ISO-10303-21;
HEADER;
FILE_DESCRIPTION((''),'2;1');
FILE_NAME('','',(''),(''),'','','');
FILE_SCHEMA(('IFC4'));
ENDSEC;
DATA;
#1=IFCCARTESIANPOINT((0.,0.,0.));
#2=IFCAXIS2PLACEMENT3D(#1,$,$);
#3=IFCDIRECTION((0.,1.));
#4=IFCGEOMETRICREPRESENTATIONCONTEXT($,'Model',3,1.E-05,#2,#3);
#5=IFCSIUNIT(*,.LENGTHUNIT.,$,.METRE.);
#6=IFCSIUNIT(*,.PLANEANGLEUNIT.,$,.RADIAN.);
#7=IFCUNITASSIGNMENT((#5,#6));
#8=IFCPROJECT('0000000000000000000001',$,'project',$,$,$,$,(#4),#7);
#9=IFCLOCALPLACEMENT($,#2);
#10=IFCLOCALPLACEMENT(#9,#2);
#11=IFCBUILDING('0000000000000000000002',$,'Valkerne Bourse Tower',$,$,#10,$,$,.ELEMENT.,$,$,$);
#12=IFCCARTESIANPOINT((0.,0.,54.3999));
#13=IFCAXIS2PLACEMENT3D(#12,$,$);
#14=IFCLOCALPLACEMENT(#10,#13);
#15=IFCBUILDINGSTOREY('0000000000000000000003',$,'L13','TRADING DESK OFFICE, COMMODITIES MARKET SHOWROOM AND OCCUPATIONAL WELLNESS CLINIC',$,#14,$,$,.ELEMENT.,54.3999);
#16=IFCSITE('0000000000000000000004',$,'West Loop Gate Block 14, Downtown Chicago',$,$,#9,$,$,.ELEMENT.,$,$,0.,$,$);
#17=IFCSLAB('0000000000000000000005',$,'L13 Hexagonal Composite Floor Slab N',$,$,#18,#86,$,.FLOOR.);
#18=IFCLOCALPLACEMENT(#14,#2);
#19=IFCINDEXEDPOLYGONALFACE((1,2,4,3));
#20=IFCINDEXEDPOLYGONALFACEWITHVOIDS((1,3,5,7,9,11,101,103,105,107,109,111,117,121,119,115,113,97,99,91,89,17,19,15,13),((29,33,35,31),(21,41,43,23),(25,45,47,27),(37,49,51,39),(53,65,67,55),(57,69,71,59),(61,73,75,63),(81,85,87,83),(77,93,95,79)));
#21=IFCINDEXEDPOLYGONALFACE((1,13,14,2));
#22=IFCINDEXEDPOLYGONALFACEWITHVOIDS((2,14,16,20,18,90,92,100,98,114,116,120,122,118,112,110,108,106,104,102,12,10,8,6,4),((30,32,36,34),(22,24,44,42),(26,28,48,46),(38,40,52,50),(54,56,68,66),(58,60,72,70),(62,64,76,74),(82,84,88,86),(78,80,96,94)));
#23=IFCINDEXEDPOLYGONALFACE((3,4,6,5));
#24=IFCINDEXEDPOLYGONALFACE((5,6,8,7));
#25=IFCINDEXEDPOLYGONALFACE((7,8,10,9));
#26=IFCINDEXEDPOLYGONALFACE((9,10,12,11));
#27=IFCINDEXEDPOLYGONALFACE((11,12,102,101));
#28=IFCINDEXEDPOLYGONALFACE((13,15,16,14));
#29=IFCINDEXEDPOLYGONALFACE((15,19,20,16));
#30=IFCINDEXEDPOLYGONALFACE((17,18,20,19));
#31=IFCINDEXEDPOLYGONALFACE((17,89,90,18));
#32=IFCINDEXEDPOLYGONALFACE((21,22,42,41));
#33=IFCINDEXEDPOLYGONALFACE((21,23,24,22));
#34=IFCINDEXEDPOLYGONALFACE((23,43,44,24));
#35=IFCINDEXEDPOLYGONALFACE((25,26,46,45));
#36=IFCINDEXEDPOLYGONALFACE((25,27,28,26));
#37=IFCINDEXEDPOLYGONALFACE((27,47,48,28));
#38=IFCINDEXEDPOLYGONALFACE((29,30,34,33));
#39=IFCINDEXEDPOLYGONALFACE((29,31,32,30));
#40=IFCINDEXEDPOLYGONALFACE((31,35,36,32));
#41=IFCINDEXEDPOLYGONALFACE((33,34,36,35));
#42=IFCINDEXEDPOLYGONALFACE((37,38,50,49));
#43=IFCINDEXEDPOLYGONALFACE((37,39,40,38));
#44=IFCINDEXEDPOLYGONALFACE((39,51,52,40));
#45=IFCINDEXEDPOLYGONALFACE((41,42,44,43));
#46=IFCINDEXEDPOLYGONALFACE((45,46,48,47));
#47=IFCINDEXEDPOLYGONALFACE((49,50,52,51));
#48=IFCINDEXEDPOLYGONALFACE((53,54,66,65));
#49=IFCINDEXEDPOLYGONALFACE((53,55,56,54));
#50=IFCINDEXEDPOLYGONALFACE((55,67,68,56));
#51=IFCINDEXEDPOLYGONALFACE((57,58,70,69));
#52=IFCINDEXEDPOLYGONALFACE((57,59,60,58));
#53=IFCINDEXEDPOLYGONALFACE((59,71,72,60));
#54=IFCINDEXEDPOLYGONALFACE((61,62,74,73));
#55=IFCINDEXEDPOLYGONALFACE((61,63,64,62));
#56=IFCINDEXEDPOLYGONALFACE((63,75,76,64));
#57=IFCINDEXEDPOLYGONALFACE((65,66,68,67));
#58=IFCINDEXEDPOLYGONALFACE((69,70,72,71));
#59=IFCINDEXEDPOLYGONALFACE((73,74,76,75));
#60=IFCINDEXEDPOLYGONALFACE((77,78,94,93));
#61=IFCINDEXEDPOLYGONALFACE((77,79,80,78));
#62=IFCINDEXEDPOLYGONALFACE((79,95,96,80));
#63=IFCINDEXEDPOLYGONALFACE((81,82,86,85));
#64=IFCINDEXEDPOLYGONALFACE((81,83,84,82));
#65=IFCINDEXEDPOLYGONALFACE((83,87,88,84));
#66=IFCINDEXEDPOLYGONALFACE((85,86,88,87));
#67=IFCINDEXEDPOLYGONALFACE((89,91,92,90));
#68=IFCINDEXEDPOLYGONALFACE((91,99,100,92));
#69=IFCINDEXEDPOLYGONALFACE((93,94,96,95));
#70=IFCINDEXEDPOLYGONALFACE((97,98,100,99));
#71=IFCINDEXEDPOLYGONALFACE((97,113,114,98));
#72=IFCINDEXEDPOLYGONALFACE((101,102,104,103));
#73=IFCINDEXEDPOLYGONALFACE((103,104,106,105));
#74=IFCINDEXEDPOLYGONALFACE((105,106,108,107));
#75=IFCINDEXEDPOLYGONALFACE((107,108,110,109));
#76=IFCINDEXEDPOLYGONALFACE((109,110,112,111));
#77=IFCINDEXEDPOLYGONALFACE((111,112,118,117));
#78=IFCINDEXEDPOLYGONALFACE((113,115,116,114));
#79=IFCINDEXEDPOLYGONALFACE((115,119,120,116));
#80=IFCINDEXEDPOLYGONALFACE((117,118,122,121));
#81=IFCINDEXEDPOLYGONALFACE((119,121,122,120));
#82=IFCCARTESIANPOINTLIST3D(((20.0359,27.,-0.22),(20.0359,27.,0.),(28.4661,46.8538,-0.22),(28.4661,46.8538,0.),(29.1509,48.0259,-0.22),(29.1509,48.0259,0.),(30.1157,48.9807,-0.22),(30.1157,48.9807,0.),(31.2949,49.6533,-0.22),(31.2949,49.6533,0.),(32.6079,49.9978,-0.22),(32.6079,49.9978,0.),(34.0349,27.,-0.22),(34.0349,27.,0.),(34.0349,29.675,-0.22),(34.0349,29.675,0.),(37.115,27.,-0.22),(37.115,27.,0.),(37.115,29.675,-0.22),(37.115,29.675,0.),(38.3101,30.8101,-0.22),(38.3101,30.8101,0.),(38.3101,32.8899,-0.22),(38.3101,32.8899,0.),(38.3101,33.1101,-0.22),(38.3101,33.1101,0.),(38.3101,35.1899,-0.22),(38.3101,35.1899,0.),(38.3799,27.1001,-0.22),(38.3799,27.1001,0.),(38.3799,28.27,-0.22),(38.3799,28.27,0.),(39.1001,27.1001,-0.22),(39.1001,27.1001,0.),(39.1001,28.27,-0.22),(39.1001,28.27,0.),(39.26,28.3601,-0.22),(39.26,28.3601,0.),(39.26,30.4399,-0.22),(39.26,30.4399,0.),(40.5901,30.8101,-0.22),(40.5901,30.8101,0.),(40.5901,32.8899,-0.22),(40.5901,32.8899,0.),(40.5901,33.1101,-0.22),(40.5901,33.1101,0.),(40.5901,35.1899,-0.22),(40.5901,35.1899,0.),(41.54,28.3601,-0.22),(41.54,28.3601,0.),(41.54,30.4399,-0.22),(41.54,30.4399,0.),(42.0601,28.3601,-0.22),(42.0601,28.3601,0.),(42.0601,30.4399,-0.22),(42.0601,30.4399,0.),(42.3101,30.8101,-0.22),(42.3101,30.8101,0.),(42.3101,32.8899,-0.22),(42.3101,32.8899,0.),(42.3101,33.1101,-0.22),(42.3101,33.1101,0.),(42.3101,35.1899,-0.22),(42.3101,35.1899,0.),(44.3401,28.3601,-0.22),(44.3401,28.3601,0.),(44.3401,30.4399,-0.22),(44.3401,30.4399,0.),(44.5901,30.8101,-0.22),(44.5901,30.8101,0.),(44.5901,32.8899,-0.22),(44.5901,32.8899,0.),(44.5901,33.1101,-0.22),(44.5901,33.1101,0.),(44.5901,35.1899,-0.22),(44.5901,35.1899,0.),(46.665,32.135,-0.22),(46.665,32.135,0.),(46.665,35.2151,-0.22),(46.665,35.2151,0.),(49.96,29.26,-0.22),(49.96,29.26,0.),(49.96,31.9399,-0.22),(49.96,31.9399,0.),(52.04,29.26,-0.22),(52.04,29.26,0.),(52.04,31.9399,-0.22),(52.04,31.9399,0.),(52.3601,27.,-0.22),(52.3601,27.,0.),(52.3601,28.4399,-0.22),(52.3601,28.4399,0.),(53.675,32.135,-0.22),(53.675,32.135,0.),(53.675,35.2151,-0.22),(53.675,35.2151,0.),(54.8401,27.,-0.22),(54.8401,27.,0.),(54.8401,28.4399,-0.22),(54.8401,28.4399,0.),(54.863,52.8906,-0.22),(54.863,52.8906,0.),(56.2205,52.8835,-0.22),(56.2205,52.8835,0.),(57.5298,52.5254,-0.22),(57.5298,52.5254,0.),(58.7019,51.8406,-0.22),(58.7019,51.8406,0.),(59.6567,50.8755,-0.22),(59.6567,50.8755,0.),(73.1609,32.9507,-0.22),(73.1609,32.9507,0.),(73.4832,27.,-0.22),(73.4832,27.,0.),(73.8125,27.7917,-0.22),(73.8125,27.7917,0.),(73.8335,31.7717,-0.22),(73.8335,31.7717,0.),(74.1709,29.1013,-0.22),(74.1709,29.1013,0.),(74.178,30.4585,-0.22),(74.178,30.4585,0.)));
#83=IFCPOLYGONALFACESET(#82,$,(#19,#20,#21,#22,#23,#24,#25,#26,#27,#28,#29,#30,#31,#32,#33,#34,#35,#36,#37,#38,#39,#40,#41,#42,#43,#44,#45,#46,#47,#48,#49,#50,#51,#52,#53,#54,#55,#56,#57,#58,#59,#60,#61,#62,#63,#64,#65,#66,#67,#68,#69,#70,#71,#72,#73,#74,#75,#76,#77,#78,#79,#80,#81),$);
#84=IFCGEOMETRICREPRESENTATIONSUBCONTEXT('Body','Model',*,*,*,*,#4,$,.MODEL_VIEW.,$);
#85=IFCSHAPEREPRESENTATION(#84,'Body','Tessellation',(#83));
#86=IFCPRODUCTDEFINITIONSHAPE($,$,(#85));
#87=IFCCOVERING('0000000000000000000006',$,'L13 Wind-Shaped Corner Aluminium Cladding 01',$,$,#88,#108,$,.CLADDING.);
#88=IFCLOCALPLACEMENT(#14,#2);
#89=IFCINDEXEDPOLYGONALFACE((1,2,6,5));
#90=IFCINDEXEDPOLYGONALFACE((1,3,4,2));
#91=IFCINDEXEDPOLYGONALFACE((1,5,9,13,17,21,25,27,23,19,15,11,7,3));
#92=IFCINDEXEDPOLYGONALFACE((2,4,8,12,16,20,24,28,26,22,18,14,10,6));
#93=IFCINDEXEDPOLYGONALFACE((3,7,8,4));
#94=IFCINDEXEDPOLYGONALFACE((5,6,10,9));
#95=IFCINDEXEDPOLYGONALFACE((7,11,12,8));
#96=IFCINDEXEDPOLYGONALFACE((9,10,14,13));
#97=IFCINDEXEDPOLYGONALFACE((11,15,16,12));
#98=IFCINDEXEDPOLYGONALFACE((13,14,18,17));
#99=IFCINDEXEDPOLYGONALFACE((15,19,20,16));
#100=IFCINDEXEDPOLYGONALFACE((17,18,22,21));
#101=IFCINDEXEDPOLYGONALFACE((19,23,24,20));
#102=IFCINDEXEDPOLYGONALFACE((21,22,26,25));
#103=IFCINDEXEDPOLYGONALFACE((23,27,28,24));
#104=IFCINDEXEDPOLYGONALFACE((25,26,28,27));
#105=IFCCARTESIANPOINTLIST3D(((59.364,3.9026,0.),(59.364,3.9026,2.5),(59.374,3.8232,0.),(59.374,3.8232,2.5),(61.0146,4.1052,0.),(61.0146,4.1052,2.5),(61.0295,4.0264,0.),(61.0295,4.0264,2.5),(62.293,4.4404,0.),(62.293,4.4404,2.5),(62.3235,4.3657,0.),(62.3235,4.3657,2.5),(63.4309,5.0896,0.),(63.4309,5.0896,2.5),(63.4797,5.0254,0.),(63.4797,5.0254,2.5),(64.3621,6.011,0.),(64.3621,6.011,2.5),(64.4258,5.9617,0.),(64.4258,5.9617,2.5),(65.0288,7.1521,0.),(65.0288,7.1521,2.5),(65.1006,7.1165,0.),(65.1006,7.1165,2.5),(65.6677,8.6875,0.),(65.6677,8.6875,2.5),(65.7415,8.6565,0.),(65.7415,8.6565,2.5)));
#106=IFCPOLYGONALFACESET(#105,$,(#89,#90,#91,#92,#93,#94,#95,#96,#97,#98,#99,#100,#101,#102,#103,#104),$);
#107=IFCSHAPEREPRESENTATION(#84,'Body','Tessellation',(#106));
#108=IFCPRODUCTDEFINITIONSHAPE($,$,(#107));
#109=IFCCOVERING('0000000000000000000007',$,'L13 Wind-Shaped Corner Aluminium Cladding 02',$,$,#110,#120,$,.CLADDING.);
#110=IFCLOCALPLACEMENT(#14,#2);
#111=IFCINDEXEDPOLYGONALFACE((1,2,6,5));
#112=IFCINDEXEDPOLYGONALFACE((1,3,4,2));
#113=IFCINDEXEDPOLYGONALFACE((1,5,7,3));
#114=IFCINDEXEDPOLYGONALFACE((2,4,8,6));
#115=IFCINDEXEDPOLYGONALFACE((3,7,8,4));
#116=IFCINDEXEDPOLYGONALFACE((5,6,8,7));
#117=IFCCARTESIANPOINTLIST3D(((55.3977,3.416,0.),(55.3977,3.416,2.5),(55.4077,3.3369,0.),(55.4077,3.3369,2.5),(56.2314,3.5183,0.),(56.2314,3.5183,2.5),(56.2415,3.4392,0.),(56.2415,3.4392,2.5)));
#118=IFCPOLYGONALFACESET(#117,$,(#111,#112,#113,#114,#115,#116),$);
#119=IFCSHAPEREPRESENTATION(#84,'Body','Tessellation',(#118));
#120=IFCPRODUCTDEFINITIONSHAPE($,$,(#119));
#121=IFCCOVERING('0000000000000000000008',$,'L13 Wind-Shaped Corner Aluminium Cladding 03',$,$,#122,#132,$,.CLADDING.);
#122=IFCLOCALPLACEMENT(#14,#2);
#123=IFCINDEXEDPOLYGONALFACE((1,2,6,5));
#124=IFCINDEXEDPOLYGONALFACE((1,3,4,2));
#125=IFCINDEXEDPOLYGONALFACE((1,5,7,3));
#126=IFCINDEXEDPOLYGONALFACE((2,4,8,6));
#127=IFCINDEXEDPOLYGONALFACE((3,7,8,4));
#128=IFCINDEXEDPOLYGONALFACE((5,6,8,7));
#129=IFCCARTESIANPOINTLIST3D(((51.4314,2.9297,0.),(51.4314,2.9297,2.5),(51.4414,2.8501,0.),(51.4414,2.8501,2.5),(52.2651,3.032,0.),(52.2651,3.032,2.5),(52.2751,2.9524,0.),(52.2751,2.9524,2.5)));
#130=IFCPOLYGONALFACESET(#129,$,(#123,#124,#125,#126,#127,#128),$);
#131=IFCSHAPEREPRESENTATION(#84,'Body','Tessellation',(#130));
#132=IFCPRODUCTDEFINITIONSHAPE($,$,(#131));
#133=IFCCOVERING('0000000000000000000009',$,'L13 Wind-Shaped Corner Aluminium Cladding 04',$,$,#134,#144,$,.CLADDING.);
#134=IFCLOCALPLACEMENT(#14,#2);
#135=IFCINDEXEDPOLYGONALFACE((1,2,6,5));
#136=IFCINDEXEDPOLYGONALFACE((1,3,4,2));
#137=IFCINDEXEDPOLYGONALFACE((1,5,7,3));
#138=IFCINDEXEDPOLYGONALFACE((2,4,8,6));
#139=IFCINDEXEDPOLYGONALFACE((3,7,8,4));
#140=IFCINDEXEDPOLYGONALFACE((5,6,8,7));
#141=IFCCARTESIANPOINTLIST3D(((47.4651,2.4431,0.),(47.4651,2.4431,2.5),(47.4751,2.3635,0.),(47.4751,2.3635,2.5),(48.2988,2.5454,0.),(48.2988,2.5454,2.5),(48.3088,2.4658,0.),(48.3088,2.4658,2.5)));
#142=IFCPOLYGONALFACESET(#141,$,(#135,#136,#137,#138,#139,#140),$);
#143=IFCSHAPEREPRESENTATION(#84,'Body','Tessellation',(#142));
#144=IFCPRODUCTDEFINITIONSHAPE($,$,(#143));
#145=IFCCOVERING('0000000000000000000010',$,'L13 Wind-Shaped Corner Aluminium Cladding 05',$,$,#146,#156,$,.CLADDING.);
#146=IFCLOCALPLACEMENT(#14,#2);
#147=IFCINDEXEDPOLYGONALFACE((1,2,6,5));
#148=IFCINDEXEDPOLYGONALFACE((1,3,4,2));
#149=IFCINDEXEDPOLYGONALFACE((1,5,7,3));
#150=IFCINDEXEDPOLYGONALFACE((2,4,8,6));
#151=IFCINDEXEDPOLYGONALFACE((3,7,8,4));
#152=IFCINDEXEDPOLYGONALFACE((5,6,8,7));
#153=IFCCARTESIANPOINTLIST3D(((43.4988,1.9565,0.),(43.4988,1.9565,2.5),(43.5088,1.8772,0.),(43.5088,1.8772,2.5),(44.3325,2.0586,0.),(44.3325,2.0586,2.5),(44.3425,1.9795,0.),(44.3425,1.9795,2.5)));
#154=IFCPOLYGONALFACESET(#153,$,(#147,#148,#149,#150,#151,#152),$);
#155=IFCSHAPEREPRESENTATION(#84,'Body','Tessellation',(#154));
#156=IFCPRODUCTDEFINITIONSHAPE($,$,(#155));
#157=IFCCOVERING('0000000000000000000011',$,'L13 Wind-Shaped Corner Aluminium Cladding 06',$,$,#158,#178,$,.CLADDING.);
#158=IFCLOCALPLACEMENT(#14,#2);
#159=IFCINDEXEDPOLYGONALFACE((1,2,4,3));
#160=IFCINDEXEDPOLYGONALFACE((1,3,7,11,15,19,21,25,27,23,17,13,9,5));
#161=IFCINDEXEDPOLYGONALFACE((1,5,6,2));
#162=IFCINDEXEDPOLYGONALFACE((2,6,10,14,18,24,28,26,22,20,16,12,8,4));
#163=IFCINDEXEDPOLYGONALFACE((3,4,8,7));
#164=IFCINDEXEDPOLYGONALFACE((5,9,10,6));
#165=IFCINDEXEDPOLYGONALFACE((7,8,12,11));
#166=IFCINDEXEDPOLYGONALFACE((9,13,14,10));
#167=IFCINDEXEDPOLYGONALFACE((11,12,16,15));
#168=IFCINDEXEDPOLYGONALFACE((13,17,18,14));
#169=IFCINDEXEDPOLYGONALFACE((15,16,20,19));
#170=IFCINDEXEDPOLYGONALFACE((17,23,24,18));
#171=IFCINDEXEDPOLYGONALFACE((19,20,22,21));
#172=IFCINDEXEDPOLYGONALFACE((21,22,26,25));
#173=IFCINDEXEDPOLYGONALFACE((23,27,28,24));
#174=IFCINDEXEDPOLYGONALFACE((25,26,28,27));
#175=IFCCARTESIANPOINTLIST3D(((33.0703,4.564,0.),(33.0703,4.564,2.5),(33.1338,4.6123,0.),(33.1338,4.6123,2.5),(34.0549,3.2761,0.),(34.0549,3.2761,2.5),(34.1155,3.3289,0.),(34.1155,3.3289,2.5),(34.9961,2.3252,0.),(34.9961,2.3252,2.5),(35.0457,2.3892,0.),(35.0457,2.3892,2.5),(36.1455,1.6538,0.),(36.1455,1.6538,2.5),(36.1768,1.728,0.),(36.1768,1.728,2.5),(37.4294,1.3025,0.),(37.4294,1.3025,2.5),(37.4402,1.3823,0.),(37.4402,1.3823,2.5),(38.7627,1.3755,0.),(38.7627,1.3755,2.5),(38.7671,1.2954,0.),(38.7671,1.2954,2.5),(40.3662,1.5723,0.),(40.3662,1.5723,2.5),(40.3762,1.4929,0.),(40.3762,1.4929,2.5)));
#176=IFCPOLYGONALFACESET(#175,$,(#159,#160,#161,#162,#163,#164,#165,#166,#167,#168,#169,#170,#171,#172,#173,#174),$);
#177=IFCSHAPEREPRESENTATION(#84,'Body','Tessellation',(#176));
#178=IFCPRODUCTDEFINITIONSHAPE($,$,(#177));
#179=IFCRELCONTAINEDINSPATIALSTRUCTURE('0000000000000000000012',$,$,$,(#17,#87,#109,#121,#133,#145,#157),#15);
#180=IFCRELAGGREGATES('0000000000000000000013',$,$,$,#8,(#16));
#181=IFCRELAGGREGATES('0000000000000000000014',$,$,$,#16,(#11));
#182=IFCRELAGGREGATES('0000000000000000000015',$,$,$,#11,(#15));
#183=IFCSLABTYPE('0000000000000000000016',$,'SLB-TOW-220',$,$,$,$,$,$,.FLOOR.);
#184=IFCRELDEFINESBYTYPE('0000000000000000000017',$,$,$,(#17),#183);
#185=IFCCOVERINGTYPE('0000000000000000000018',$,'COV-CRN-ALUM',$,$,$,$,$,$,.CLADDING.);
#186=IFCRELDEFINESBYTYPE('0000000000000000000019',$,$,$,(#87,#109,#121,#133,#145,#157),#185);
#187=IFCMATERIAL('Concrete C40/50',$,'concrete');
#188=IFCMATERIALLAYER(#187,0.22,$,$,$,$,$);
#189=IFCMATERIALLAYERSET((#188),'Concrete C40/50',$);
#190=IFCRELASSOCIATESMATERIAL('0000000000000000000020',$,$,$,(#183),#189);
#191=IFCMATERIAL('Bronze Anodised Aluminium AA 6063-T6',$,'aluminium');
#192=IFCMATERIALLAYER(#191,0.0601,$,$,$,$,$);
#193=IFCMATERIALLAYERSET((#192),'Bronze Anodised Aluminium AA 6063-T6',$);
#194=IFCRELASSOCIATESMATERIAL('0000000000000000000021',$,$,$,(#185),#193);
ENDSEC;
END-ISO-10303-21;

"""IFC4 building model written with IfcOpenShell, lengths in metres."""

from ifc_helpers import new_model, si_unit, direction, frame, origin, place, context, subcontext, project, spatial, polyline, outline, extrude, material, layer, layer_set, type_object, element, save


model = new_model("IFC4")

# Units and contexts
model_context = context("Model", 3, precision=1e-05, world=origin(), true_north=direction((0.0, 1.0)))
body_context = subcontext(model_context, "Body", "Model", "MODEL_VIEW")
ifc_project = project(units=[si_unit("LENGTHUNIT", "METRE"), si_unit("PLANEANGLEUNIT", "RADIAN")], contexts=[model_context])

# Site, building, storey
site_placement = place(None, origin())
site = spatial("IfcSite", under=ifc_project, at=site_placement, Name="West Loop Gate Block 14, Downtown Chicago", CompositionType="ELEMENT", RefElevation=0.0)
building_placement = place(site_placement, origin())
building = spatial("IfcBuilding", under=site, at=building_placement, Name="Valkerne Bourse Tower", CompositionType="ELEMENT")
storey_placement = place(building_placement, frame((0.0, 0.0, 54.3999)))
storey = spatial("IfcBuildingStorey", under=building, at=storey_placement, Name="L13", Description="TRADING DESK OFFICE, COMMODITIES MARKET SHOWROOM AND OCCUPATIONAL WELLNESS CLINIC", CompositionType="ELEMENT", Elevation=54.3999)

# Slab
ifc_material_1 = material(Name="Concrete C40/50", Category="concrete")
ifc_layer_1 = layer(ifc_material_1, 0.22)
ifc_layer_set_1 = layer_set([ifc_layer_1], Name="Concrete C40/50")
slab_type_1 = type_object("IfcSlabType", Name="SLB-TOW-220", PredefinedType="FLOOR", material=ifc_layer_set_1)
slab_1_placement = place(storey_placement, frame((0.0, 0.0, -0.22)))
element("IfcSlab", 1, at=slab_1_placement, inside=storey, type_object=slab_type_1, Name="L13 Hexagonal Composite Floor Slab N", PredefinedType="FLOOR", context=body_context, shape_type="SweptSolid", body=[
    extrude(outline(polyline([(28.4661, 46.8538), (29.1509, 48.0259), (30.1157, 48.9807), (31.2949, 49.6533), (32.6079, 49.9978), (54.863, 52.8906), (56.2205, 52.8835), (57.5298, 52.5254), (58.7019, 51.8406), (59.6567, 50.8755), (73.1609, 32.9507), (73.8335, 31.7717), (74.178, 30.4585), (74.1709, 29.1013), (73.8125, 27.7917), (73.4832, 27.0), (54.8401, 27.0), (54.8401, 28.4399), (52.3601, 28.4399), (52.3601, 27.0), (37.115, 27.0), (37.115, 29.675), (34.0349, 29.675), (34.0349, 27.0), (20.0359, 27.0), (28.4661, 46.8538)]), holes=[polyline([(39.1001, 28.27), (38.3799, 28.27), (38.3799, 27.1001), (39.1001, 27.1001), (39.1001, 28.27)]), polyline([(41.54, 30.4399), (39.26, 30.4399), (39.26, 28.3601), (41.54, 28.3601), (41.54, 30.4399)]), polyline([(44.3401, 30.4399), (42.0601, 30.4399), (42.0601, 28.3601), (44.3401, 28.3601), (44.3401, 30.4399)]), polyline([(40.5901, 30.8101), (40.5901, 32.8899), (38.3101, 32.8899), (38.3101, 30.8101), (40.5901, 30.8101)]), polyline([(40.5901, 33.1101), (40.5901, 35.1899), (38.3101, 35.1899), (38.3101, 33.1101), (40.5901, 33.1101)]), polyline([(52.04, 31.9399), (49.96, 31.9399), (49.96, 29.26), (52.04, 29.26), (52.04, 31.9399)]), polyline([(44.5901, 32.8899), (42.3101, 32.8899), (42.3101, 30.8101), (44.5901, 30.8101), (44.5901, 32.8899)]), polyline([(53.675, 32.135), (53.675, 35.2151), (46.665, 35.2151), (46.665, 32.135), (53.675, 32.135)]), polyline([(44.5901, 33.1101), (44.5901, 35.1899), (42.3101, 35.1899), (42.3101, 33.1101), (44.5901, 33.1101)])]), origin(), (0.0, 0.0, 1.0), 0.22),
])

# Coverings
ifc_material_2 = material(Name="Bronze Anodised Aluminium AA 6063-T6", Category="aluminium")
ifc_layer_2 = layer(ifc_material_2, 0.0601)
ifc_layer_set_2 = layer_set([ifc_layer_2], Name="Bronze Anodised Aluminium AA 6063-T6")
covering_type = type_object("IfcCoveringType", Name="COV-CRN-ALUM", PredefinedType="CLADDING", material=ifc_layer_set_2)
covering_1_placement = place(storey_placement, origin())
element("IfcCovering", 2, at=covering_1_placement, inside=storey, type_object=covering_type, Name="L13 Wind-Shaped Corner Aluminium Cladding 01", PredefinedType="CLADDING", context=body_context, shape_type="SweptSolid", body=[
    extrude(outline(polyline([(64.4258, 5.9617), (63.4797, 5.0254), (62.3235, 4.3657), (61.0295, 4.0264), (59.374, 3.8232), (59.364, 3.9026), (61.0146, 4.1052), (62.293, 4.4404), (63.4309, 5.0896), (64.3621, 6.011), (65.0288, 7.1521), (65.6677, 8.6875), (65.7415, 8.6565), (65.1006, 7.1165), (64.4258, 5.9617)])), origin(), (0.0, 0.0, 1.0), 2.5),
])
covering_2_placement = place(storey_placement, origin())
element("IfcCovering", 3, at=covering_2_placement, inside=storey, type_object=covering_type, Name="L13 Wind-Shaped Corner Aluminium Cladding 02", PredefinedType="CLADDING", context=body_context, shape_type="SweptSolid", body=[
    extrude(outline(polyline([(55.4077, 3.3369), (55.3977, 3.416), (56.2314, 3.5183), (56.2415, 3.4392), (55.4077, 3.3369)])), origin(), (0.0, 0.0, 1.0), 2.5),
])
covering_3_placement = place(storey_placement, origin())
element("IfcCovering", 4, at=covering_3_placement, inside=storey, type_object=covering_type, Name="L13 Wind-Shaped Corner Aluminium Cladding 03", PredefinedType="CLADDING", context=body_context, shape_type="SweptSolid", body=[
    extrude(outline(polyline([(51.4414, 2.8501), (51.4314, 2.9297), (52.2651, 3.032), (52.2751, 2.9524), (51.4414, 2.8501)])), origin(), (0.0, 0.0, 1.0), 2.5),
])
covering_4_placement = place(storey_placement, origin())
element("IfcCovering", 5, at=covering_4_placement, inside=storey, type_object=covering_type, Name="L13 Wind-Shaped Corner Aluminium Cladding 04", PredefinedType="CLADDING", context=body_context, shape_type="SweptSolid", body=[
    extrude(outline(polyline([(47.4751, 2.3635), (47.4651, 2.4431), (48.2988, 2.5454), (48.3088, 2.4658), (47.4751, 2.3635)])), origin(), (0.0, 0.0, 1.0), 2.5),
])
covering_5_placement = place(storey_placement, origin())
element("IfcCovering", 6, at=covering_5_placement, inside=storey, type_object=covering_type, Name="L13 Wind-Shaped Corner Aluminium Cladding 05", PredefinedType="CLADDING", context=body_context, shape_type="SweptSolid", body=[
    extrude(outline(polyline([(43.5088, 1.8772), (43.4988, 1.9565), (44.3325, 2.0586), (44.3425, 1.9795), (43.5088, 1.8772)])), origin(), (0.0, 0.0, 1.0), 2.5),
])
covering_6_placement = place(storey_placement, origin())
element("IfcCovering", 7, at=covering_6_placement, inside=storey, type_object=covering_type, Name="L13 Wind-Shaped Corner Aluminium Cladding 06", PredefinedType="CLADDING", context=body_context, shape_type="SweptSolid", body=[
    extrude(outline(polyline([(38.7671, 1.2954), (37.4294, 1.3025), (36.1455, 1.6538), (34.9961, 2.3252), (34.0549, 3.2761), (33.0703, 4.564), (33.1338, 4.6123), (34.1155, 3.3289), (35.0457, 2.3892), (36.1768, 1.728), (37.4402, 1.3823), (38.7627, 1.3755), (40.3662, 1.5723), (40.3762, 1.4929), (38.7671, 1.2954)])), origin(), (0.0, 0.0, 1.0), 2.5),
])

save(model, "model.ifc")
